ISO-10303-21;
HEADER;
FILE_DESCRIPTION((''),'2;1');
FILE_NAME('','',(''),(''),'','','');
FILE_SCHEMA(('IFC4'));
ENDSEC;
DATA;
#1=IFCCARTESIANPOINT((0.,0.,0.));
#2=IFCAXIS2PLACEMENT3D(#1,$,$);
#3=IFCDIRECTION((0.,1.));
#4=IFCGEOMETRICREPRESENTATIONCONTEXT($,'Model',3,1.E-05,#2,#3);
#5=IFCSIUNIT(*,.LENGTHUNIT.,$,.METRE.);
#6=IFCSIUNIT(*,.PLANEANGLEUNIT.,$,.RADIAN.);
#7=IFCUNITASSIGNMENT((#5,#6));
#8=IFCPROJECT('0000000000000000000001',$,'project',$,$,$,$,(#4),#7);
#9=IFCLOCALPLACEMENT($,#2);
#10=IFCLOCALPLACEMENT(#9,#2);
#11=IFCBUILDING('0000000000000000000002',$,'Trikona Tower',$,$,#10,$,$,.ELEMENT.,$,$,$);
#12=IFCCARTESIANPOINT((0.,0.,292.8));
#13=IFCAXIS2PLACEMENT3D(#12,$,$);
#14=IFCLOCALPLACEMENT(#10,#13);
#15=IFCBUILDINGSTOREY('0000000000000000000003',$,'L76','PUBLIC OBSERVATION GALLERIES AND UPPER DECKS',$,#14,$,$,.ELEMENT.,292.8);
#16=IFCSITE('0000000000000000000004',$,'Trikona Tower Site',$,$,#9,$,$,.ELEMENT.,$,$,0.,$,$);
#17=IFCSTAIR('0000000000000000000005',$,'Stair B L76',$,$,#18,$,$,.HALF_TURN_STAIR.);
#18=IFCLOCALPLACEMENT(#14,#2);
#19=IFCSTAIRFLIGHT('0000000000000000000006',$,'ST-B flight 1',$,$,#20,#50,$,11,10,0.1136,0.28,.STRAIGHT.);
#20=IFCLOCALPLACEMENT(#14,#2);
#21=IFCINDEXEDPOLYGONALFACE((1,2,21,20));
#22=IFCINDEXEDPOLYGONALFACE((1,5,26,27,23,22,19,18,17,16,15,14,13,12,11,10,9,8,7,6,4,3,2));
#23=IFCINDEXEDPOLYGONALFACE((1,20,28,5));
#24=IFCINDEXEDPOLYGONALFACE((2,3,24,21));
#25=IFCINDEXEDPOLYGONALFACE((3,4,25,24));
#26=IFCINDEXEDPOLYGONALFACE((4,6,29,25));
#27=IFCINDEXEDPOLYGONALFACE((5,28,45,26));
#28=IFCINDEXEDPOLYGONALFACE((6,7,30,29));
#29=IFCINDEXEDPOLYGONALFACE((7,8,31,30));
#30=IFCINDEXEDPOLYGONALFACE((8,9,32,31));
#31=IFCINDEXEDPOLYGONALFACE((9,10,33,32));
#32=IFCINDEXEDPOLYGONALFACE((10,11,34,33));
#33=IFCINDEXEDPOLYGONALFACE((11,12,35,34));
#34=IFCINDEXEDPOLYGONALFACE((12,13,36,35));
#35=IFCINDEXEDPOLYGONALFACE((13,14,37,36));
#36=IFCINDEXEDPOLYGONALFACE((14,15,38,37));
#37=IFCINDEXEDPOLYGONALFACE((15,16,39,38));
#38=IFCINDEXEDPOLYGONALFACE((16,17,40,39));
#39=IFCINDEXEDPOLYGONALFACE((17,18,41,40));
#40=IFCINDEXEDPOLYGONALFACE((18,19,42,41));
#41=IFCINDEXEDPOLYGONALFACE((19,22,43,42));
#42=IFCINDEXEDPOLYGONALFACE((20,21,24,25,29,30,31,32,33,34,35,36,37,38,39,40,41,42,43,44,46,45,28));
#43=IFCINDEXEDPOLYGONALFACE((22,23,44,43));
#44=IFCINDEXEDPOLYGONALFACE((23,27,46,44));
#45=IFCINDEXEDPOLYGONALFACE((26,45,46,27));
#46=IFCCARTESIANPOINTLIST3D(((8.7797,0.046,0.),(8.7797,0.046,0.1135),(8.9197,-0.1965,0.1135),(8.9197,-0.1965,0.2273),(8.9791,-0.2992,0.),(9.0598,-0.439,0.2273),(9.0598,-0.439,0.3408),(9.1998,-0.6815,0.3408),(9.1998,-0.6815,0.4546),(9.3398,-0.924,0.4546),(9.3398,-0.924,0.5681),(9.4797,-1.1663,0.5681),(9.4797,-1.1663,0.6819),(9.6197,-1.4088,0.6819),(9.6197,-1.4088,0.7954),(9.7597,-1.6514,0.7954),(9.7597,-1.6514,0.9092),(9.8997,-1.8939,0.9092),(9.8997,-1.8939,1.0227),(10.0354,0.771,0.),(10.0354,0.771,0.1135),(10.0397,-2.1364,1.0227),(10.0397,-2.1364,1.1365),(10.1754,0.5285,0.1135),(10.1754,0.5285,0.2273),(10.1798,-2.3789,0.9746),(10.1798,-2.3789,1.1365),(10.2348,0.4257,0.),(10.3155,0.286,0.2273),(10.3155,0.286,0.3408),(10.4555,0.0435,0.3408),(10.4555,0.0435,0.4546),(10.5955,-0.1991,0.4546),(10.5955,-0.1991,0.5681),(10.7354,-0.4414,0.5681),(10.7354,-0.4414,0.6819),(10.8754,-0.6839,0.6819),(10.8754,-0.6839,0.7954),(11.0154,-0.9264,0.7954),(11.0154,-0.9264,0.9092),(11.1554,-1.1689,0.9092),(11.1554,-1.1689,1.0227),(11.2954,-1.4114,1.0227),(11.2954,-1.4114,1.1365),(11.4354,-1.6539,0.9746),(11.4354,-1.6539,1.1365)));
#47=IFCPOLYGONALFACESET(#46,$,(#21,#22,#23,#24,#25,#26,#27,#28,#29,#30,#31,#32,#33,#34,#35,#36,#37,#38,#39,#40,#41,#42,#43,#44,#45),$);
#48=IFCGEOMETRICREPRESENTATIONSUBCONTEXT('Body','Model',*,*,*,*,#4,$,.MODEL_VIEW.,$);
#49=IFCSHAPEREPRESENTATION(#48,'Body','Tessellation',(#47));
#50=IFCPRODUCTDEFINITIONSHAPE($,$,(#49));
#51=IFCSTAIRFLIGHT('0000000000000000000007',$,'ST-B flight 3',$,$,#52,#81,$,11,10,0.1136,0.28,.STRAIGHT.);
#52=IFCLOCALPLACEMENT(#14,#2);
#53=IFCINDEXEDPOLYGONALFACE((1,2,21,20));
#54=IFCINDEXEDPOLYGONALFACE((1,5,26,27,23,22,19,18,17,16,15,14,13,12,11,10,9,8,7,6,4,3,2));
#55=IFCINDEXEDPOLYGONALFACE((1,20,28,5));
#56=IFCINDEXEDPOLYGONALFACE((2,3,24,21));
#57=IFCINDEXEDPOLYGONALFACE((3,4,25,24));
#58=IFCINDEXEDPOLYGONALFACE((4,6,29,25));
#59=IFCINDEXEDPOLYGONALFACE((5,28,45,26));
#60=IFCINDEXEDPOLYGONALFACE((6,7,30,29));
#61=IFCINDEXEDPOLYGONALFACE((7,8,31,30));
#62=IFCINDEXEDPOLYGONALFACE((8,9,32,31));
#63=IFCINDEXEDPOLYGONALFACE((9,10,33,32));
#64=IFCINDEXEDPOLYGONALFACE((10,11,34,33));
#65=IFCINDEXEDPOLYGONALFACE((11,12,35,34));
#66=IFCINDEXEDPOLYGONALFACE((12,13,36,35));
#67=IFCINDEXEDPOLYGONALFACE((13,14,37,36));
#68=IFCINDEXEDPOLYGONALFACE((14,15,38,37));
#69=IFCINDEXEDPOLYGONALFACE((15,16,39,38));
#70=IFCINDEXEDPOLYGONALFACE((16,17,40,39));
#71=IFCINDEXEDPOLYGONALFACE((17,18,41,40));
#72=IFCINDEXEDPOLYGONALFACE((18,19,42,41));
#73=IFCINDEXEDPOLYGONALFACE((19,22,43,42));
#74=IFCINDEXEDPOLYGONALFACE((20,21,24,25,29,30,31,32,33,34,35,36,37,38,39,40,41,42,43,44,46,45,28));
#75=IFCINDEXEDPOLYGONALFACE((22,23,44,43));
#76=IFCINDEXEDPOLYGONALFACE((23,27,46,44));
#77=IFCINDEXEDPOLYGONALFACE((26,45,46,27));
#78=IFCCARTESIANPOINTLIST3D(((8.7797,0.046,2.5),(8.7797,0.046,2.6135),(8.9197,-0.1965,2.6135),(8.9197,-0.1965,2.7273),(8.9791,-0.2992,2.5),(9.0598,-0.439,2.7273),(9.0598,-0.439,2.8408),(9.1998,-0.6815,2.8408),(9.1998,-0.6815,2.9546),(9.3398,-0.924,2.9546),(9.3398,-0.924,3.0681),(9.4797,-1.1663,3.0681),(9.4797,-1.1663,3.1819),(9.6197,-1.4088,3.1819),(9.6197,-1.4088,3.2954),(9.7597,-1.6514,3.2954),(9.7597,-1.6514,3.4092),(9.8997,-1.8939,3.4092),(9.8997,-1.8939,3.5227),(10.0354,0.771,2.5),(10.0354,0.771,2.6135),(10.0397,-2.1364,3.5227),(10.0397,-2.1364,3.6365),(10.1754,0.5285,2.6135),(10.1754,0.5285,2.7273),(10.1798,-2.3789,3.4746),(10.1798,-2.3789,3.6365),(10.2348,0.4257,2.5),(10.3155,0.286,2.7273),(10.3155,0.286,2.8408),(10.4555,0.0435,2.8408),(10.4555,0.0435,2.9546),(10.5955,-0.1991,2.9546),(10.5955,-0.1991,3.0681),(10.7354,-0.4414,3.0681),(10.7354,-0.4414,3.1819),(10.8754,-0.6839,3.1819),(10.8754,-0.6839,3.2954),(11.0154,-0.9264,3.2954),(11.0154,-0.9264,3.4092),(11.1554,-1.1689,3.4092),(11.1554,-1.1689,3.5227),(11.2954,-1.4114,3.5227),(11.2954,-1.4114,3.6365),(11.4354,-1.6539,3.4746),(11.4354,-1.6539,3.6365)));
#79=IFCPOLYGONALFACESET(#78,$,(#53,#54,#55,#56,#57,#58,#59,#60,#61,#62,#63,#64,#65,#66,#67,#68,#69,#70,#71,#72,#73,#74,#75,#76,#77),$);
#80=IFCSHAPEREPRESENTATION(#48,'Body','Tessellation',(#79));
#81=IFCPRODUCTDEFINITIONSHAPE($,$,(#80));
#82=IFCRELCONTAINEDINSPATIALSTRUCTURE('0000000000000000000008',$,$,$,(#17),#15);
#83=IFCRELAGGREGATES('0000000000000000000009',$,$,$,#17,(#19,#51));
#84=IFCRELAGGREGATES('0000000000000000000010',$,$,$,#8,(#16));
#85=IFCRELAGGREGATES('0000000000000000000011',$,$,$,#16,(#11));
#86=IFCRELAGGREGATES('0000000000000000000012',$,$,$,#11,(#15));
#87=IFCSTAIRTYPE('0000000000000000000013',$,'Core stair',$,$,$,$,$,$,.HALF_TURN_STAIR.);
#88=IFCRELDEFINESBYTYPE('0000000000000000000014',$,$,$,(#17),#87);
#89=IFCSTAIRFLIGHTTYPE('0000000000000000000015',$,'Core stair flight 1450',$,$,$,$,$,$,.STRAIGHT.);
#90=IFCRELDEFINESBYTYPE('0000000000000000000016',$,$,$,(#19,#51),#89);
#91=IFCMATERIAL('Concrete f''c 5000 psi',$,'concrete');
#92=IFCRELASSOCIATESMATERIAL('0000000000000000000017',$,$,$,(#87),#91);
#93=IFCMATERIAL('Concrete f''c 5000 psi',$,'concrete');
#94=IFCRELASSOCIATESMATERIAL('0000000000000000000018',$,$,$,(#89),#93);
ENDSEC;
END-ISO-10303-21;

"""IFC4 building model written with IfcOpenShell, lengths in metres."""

from ifc_helpers import new_model, si_unit, direction, frame, origin, place, context, subcontext, project, spatial, polyline, outline, extrude, material, type_object, element, aggregate, save


model = new_model("IFC4")

# Units and contexts
model_context = context("Model", 3, precision=1e-05, world=origin(), true_north=direction((0.0, 1.0)))
body_context = subcontext(model_context, "Body", "Model", "MODEL_VIEW")
ifc_project = project(units=[si_unit("LENGTHUNIT", "METRE"), si_unit("PLANEANGLEUNIT", "RADIAN")], contexts=[model_context])

# Site, building, storey
site_placement = place(None, origin())
site = spatial("IfcSite", under=ifc_project, at=site_placement, Name="Trikona Tower Site", CompositionType="ELEMENT", RefElevation=0.0)
building_placement = place(site_placement, origin())
building = spatial("IfcBuilding", under=site, at=building_placement, Name="Trikona Tower", CompositionType="ELEMENT")
storey_placement = place(building_placement, frame((0.0, 0.0, 292.8)))
storey = spatial("IfcBuildingStorey", under=building, at=storey_placement, Name="L76", Description="PUBLIC OBSERVATION GALLERIES AND UPPER DECKS", CompositionType="ELEMENT", Elevation=292.8)

# Stair
ifc_material_1 = material(Name="Concrete f'c 5000 psi", Category="concrete")
stair_type = type_object("IfcStairType", Name="Core stair", PredefinedType="HALF_TURN_STAIR", material=ifc_material_1)
stair_1_placement = place(storey_placement, origin())
stair_1 = element("IfcStair", 1, at=stair_1_placement, inside=storey, type_object=stair_type, Name="Stair B L76", PredefinedType="HALF_TURN_STAIR")

# Stair flights
ifc_material_2 = material(Name="Concrete f'c 5000 psi", Category="concrete")
stair_flight_type = type_object("IfcStairFlightType", Name="Core stair flight 1450", PredefinedType="STRAIGHT", material=ifc_material_2)
stair_flight_1_placement = place(storey_placement, frame((9.4075, 0.4084, 0.0), z_axis=(0.0, 0.0, 1.0), x_axis=(0.5, -0.866025, 0.0)))
stair_flight_1 = element("IfcStairFlight", 2, at=stair_flight_1_placement, type_object=stair_flight_type, Name="ST-B flight 1", NumberOfRisers=11, NumberOfTreads=10, PredefinedType="STRAIGHT", RiserHeight=0.1136, TreadLength=0.28, context=body_context, shape_type="SweptSolid", body=[
    extrude(outline(polyline([(0.0, 0.0), (0.0, 0.1135), (0.28, 0.1135), (0.28, 0.2273), (0.5601, 0.2273), (0.5601, 0.3408), (0.8401, 0.3408), (0.8401, 0.4546), (1.1201, 0.4546), (1.1201, 0.5681), (1.3999, 0.5681), (1.3999, 0.6819), (1.6799, 0.6819), (1.6799, 0.7954), (1.96, 0.7954), (1.96, 0.9092), (2.24, 0.9092), (2.24, 1.0227), (2.52, 1.0227), (2.52, 1.1365), (2.8, 1.1365), (2.8, 1.25), (2.8, 0.9746), (0.3987, 0.0), (0.0, 0.0)])), frame((0.0, 0.7251, 0.0), z_axis=(0.0, -1.0, 0.0), x_axis=(1.0, 0.0, 0.0)), (0.0, 0.0, 1.0), 1.45),
])
stair_flight_2_placement = place(storey_placement, frame((9.4075, 0.4084, 2.5), z_axis=(0.0, 0.0, 1.0), x_axis=(0.5, -0.866025, 0.0)))
stair_flight_2 = element("IfcStairFlight", 3, at=stair_flight_2_placement, type_object=stair_flight_type, Name="ST-B flight 3", NumberOfRisers=11, NumberOfTreads=10, PredefinedType="STRAIGHT", RiserHeight=0.1136, TreadLength=0.28, context=body_context, shape_type="SweptSolid", body=[
    extrude(outline(polyline([(0.0, 0.0), (0.0, 0.1135), (0.28, 0.1135), (0.28, 0.2273), (0.5601, 0.2273), (0.5601, 0.3408), (0.8401, 0.3408), (0.8401, 0.4546), (1.1201, 0.4546), (1.1201, 0.5681), (1.3999, 0.5681), (1.3999, 0.6819), (1.6799, 0.6819), (1.6799, 0.7954), (1.96, 0.7954), (1.96, 0.9092), (2.24, 0.9092), (2.24, 1.0227), (2.52, 1.0227), (2.52, 1.1365), (2.8, 1.1365), (2.8, 1.25), (2.8, 0.9746), (0.3987, 0.0), (0.0, 0.0)])), frame((0.0, 0.7251, 0.0), z_axis=(0.0, -1.0, 0.0), x_axis=(1.0, 0.0, 0.0)), (0.0, 0.0, 1.0), 1.45),
])
aggregate(stair_1, [stair_flight_1, stair_flight_2])

save(model, "model.ifc")
